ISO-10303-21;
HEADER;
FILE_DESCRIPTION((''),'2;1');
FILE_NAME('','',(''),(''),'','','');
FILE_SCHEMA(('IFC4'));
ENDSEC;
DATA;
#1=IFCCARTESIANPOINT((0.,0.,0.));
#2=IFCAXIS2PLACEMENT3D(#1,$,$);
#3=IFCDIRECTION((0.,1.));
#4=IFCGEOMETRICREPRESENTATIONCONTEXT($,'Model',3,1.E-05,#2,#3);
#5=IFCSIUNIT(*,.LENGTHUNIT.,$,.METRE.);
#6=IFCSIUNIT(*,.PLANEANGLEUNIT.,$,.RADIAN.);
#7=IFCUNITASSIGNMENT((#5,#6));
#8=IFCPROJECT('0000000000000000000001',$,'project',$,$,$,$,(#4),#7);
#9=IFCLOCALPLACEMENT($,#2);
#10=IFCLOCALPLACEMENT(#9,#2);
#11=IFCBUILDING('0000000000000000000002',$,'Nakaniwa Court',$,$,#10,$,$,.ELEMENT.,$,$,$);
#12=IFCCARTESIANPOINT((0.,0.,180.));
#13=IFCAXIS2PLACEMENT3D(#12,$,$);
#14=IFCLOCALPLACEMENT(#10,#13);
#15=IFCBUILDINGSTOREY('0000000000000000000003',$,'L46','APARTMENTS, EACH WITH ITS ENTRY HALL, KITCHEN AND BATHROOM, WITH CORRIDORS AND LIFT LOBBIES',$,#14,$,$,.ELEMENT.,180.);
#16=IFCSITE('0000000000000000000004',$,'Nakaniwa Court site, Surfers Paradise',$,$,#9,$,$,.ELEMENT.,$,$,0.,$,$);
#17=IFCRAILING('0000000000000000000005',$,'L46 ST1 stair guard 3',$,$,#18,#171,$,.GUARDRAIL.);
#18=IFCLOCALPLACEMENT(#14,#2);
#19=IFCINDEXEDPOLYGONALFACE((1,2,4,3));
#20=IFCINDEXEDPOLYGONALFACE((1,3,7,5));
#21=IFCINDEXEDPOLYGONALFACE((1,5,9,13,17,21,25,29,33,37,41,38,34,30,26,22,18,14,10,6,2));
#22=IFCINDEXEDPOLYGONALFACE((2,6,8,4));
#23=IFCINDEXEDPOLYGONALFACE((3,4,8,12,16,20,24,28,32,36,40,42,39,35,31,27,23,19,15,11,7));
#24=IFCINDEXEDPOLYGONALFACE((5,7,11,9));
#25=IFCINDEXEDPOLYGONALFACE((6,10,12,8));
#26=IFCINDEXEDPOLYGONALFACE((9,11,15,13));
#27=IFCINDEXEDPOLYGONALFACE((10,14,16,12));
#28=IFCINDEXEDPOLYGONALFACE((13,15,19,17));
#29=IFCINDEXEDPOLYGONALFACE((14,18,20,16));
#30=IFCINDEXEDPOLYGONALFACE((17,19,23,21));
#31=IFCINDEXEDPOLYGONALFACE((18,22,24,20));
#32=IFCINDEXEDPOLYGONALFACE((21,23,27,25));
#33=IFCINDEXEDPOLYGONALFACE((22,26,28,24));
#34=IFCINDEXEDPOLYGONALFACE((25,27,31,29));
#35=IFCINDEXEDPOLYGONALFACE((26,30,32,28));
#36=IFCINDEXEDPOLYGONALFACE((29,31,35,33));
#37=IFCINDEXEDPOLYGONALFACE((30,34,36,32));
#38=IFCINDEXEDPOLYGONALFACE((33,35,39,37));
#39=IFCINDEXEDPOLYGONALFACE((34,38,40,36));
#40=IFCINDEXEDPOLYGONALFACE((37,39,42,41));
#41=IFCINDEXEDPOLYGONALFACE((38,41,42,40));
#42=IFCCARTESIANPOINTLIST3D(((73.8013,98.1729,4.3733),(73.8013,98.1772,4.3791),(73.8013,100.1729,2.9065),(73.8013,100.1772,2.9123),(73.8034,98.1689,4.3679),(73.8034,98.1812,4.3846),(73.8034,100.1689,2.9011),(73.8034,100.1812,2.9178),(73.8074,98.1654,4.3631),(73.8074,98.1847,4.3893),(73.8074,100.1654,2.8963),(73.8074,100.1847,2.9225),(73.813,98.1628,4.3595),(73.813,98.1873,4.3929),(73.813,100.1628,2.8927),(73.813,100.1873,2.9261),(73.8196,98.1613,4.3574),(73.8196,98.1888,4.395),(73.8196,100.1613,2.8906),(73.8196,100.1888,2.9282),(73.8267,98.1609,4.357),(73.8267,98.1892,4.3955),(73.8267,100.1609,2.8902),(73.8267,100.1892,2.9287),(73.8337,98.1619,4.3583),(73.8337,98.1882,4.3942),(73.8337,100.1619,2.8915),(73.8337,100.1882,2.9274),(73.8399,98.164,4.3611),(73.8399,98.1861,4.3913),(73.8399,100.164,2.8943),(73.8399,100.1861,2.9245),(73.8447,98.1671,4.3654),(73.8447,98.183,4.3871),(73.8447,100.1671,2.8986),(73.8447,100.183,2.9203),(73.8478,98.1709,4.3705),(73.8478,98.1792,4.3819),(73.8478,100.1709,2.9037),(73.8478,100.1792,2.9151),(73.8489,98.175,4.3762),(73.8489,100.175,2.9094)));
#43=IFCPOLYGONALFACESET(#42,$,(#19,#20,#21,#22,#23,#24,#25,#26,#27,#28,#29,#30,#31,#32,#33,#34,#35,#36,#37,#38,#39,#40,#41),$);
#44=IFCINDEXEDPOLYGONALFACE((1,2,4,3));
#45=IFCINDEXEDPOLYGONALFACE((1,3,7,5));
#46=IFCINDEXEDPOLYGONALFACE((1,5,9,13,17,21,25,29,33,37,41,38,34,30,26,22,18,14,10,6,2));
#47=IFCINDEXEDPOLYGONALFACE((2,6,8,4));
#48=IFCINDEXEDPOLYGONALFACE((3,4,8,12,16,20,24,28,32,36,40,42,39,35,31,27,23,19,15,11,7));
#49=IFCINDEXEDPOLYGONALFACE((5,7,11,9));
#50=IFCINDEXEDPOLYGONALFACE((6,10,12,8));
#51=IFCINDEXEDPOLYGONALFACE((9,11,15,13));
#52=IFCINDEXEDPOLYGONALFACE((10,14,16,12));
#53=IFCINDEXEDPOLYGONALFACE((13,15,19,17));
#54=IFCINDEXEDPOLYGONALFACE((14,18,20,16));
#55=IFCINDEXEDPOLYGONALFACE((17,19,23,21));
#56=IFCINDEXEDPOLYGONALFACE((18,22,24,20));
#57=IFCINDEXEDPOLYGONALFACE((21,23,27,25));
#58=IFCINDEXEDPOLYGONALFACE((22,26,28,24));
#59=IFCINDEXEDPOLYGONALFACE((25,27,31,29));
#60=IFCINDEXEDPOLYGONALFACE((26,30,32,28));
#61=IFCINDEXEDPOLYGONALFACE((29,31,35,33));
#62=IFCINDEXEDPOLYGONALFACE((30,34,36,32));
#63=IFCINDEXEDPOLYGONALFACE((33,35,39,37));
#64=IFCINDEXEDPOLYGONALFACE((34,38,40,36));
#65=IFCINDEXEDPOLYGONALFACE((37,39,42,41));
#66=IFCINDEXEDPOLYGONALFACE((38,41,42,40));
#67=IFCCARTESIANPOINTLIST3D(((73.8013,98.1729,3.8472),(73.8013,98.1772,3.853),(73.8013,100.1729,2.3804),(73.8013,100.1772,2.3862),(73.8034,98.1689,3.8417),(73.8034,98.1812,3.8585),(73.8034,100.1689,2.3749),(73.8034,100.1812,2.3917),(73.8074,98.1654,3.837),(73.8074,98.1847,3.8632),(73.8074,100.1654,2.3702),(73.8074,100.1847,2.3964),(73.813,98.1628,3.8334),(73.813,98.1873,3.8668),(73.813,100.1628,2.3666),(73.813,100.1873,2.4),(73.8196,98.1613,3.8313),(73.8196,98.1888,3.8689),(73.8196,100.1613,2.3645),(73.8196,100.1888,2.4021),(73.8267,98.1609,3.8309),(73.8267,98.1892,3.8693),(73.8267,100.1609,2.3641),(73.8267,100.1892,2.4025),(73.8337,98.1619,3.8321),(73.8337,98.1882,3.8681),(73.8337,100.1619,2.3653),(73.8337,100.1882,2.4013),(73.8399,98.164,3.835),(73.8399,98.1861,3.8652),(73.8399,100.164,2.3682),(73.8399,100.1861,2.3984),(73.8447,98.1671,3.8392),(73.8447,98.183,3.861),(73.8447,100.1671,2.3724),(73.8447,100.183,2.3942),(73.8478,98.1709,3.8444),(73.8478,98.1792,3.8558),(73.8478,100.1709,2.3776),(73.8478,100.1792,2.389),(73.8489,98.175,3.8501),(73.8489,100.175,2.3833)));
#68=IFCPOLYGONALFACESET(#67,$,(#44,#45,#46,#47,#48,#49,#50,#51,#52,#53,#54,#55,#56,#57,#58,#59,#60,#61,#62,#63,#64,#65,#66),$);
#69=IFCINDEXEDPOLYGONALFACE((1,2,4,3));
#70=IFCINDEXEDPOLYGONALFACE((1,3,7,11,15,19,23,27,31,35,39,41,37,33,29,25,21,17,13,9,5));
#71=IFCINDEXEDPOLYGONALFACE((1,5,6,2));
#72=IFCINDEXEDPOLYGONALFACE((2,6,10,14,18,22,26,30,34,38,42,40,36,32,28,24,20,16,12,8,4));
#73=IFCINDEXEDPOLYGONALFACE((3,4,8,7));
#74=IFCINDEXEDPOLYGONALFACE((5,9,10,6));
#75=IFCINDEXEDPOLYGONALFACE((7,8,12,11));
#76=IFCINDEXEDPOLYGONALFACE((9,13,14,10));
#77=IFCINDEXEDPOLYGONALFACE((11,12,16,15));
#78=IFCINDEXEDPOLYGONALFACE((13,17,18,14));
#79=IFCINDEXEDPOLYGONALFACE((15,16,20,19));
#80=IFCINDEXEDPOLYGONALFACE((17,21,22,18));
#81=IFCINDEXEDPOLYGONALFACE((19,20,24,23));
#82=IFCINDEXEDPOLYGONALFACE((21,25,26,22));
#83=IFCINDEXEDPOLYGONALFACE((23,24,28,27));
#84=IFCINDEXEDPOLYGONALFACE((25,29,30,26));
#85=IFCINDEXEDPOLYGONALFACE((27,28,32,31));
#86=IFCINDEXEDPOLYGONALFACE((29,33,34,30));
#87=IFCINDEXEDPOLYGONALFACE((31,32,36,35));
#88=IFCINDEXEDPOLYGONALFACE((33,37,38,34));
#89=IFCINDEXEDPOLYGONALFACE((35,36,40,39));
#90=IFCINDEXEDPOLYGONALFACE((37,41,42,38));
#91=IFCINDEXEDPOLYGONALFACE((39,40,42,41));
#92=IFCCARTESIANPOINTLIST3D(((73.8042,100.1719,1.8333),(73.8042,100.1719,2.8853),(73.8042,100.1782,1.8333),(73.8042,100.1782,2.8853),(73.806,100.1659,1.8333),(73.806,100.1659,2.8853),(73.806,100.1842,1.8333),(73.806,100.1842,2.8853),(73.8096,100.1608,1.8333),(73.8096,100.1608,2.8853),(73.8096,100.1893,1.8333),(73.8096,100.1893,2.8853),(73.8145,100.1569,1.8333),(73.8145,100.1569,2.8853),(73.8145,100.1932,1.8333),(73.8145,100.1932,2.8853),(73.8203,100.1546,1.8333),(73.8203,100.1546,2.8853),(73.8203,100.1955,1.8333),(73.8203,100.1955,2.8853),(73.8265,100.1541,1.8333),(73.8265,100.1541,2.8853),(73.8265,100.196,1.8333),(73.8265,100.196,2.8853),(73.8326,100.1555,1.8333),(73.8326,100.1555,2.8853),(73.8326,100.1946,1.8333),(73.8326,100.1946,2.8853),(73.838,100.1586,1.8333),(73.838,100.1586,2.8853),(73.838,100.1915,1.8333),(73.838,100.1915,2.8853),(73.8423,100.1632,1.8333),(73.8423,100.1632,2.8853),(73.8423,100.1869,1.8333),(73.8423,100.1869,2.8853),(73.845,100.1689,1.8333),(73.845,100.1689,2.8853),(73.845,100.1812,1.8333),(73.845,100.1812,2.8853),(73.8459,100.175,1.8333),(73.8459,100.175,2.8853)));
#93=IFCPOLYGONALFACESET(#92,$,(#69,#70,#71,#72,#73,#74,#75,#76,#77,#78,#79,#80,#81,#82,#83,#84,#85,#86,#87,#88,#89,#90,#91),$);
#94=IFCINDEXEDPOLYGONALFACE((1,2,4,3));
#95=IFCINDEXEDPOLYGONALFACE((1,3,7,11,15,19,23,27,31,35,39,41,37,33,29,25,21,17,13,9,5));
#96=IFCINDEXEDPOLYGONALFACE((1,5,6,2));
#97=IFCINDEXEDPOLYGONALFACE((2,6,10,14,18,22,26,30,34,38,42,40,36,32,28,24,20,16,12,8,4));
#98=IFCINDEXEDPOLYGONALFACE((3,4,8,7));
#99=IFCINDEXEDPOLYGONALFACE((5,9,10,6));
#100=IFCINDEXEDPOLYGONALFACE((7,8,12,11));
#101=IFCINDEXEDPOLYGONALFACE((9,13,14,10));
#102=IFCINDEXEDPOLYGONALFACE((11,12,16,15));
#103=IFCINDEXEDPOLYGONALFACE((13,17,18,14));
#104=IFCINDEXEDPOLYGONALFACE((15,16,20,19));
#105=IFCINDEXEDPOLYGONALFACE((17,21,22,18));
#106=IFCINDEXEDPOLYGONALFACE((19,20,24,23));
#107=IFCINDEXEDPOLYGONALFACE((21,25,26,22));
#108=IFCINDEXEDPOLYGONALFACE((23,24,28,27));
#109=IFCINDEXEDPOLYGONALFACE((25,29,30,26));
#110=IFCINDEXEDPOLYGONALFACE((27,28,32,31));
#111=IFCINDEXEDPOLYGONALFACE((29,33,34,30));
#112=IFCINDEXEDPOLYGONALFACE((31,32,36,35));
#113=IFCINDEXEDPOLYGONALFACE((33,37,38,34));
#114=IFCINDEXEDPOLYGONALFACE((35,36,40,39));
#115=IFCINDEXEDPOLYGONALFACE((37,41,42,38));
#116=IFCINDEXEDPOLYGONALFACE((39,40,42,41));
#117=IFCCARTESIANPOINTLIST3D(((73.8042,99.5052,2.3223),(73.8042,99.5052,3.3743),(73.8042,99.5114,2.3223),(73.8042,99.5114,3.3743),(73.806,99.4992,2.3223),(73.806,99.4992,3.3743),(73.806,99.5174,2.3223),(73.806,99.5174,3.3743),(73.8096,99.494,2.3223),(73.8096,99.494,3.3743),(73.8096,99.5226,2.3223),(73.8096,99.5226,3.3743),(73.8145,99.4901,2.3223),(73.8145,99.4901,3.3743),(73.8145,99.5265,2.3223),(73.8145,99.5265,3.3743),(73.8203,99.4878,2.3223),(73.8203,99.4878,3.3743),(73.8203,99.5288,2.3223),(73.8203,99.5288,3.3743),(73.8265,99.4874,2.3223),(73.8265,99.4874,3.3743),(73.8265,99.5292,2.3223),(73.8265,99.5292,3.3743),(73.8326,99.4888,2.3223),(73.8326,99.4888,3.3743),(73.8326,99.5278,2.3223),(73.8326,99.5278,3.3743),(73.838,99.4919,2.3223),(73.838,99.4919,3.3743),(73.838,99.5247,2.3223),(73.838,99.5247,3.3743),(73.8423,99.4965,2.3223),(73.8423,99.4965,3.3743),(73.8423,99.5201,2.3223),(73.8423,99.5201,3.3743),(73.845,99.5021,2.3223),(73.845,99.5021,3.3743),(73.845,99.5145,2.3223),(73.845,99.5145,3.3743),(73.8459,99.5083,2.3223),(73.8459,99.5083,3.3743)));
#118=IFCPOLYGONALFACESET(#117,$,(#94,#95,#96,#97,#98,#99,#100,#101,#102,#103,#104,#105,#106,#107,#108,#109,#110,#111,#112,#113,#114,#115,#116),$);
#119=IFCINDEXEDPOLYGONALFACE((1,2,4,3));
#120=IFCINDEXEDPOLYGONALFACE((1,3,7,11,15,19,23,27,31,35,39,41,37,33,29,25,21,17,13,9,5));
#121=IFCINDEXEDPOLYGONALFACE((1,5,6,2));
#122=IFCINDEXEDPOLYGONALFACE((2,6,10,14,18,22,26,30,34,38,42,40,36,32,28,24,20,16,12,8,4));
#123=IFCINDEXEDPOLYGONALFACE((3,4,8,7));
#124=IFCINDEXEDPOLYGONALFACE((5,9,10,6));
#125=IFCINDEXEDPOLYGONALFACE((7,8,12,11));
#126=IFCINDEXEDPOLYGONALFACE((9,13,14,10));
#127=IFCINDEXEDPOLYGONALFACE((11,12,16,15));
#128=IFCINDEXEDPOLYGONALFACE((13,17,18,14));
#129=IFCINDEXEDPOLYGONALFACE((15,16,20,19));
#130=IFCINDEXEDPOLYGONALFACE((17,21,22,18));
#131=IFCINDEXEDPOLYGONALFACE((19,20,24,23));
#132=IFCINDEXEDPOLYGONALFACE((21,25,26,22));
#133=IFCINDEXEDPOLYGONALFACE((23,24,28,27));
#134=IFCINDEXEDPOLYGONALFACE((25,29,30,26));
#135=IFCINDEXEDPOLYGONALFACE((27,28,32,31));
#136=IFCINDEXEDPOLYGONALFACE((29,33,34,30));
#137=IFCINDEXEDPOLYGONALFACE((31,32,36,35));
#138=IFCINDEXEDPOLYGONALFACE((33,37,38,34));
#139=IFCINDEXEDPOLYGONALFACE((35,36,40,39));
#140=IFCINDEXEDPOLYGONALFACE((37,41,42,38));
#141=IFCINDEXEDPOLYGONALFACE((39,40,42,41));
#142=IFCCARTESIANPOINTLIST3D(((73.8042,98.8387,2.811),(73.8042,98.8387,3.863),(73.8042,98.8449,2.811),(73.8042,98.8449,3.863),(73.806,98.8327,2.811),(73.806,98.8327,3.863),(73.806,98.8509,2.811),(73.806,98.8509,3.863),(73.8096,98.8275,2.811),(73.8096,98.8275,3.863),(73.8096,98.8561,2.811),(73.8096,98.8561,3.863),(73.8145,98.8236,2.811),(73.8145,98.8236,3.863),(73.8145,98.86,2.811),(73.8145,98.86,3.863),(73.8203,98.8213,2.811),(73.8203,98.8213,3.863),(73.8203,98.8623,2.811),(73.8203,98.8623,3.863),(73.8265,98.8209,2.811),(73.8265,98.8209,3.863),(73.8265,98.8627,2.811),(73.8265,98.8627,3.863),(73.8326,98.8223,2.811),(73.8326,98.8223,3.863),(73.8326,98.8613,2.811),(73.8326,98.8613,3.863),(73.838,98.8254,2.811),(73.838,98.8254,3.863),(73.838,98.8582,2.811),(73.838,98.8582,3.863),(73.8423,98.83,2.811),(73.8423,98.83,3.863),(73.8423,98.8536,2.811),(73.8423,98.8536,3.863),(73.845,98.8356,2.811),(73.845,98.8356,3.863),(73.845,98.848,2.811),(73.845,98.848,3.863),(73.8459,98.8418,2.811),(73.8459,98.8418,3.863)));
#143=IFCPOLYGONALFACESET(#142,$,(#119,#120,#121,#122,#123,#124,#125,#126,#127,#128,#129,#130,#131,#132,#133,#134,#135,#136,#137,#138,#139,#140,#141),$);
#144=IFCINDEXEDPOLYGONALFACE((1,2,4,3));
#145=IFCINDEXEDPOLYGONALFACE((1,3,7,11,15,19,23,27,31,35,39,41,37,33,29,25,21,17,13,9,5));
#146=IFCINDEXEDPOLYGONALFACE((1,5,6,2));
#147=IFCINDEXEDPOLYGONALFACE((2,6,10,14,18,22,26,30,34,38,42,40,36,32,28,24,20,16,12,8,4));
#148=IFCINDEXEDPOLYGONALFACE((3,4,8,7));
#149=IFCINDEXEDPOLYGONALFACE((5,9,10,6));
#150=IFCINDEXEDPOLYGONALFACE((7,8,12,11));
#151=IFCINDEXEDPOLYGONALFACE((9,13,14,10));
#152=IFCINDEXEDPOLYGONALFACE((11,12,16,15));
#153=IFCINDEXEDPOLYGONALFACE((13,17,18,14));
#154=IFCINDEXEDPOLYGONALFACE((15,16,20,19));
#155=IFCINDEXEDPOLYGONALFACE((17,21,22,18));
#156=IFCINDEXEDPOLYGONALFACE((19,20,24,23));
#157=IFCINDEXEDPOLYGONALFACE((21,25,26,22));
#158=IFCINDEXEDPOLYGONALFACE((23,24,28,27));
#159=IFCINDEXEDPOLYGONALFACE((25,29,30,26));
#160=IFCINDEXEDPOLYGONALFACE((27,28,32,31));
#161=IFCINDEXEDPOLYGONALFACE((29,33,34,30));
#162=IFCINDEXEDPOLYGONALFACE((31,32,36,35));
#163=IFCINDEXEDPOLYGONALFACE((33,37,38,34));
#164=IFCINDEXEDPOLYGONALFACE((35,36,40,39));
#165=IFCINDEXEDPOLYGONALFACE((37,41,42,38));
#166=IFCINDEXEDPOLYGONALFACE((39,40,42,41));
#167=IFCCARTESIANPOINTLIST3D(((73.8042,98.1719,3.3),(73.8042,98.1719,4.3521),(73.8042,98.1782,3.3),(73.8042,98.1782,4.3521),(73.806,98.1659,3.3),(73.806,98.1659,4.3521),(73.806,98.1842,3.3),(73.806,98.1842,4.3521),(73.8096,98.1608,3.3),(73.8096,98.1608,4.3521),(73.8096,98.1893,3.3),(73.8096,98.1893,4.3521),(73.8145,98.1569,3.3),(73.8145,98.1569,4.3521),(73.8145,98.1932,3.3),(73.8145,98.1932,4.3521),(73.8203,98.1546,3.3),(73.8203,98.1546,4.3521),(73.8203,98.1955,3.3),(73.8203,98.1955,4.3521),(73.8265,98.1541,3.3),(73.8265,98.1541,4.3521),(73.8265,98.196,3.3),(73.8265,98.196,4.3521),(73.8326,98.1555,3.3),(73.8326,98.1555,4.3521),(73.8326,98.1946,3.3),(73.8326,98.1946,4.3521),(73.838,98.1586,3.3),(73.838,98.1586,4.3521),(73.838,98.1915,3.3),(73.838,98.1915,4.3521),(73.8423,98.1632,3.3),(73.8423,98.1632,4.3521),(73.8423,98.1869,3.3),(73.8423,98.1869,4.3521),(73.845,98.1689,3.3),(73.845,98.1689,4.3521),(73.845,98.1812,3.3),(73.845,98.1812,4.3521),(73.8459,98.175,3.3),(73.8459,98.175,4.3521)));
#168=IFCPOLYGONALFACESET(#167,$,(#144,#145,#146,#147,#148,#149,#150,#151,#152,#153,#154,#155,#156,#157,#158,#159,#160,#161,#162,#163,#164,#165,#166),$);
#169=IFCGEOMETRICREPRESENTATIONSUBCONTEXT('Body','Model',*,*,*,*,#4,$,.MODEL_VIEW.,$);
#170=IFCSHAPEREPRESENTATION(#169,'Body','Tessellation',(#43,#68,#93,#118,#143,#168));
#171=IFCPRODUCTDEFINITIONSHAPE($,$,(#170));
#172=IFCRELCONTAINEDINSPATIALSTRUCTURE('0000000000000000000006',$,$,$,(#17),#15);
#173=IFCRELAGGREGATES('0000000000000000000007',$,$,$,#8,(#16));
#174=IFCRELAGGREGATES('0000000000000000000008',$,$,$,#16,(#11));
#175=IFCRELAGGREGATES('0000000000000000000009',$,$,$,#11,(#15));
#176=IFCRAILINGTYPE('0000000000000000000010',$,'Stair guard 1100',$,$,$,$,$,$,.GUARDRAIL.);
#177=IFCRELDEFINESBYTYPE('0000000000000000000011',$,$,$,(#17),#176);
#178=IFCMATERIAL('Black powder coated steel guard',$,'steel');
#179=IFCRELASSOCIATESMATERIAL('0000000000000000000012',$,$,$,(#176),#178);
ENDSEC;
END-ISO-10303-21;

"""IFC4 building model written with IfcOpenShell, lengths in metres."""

from ifc_helpers import new_model, si_unit, direction, frame, origin, origin_2d, place, context, subcontext, project, spatial, circle, extrude, material, type_object, element, save


model = new_model("IFC4")

# Units and contexts
model_context = context("Model", 3, precision=1e-05, world=origin(), true_north=direction((0.0, 1.0)))
body_context = subcontext(model_context, "Body", "Model", "MODEL_VIEW")
ifc_project = project(units=[si_unit("LENGTHUNIT", "METRE"), si_unit("PLANEANGLEUNIT", "RADIAN")], contexts=[model_context])

# Site, building, storey
site_placement = place(None, origin())
site = spatial("IfcSite", under=ifc_project, at=site_placement, Name="Nakaniwa Court site, Surfers Paradise", CompositionType="ELEMENT", RefElevation=0.0)
building_placement = place(site_placement, origin())
building = spatial("IfcBuilding", under=site, at=building_placement, Name="Nakaniwa Court", CompositionType="ELEMENT")
storey_placement = place(building_placement, frame((0.0, 0.0, 180.0)))
storey = spatial("IfcBuildingStorey", under=building, at=storey_placement, Name="L46", Description="APARTMENTS, EACH WITH ITS ENTRY HALL, KITCHEN AND BATHROOM, WITH CORRIDORS AND LIFT LOBBIES", CompositionType="ELEMENT", Elevation=180.0)

# Railing
ifc_material_1 = material(Name="Black powder coated steel guard", Category="steel")
railing_type_1 = type_object("IfcRailingType", Name="Stair guard 1100", PredefinedType="GUARDRAIL", material=ifc_material_1)
railing_1_placement = place(storey_placement, frame((73.825, 100.175, 1.8333)))
element("IfcRailing", 1, at=railing_1_placement, inside=storey, type_object=railing_type_1, Name="L46 ST1 stair guard 3", PredefinedType="GUARDRAIL", context=body_context, shape_type="SweptSolid", body=[
    extrude(circle(Radius=0.0239, at=origin_2d()), frame((0.0, 0.0, 1.0762), z_axis=(0.0, -0.80638, 0.591398), x_axis=(1.0, 0.0, 0.0)), (0.0, 0.0, 1.0), 2.4802),
    extrude(circle(Radius=0.0239, at=origin_2d()), frame((0.0, 0.0, 0.55), z_axis=(0.0, -0.80638, 0.591398), x_axis=(1.0, 0.0, 0.0)), (0.0, 0.0, 1.0), 2.4802),
    extrude(circle(Radius=0.021, at=origin_2d()), origin(), (0.0, 0.0, 1.0), 1.052),
    extrude(circle(Radius=0.021, at=origin_2d()), frame((0.0, -0.6667, 0.489)), (0.0, 0.0, 1.0), 1.052),
    extrude(circle(Radius=0.021, at=origin_2d()), frame((0.0, -1.3333, 0.9778)), (0.0, 0.0, 1.0), 1.052),
    extrude(circle(Radius=0.021, at=origin_2d()), frame((0.0, -2.0, 1.4668)), (0.0, 0.0, 1.0), 1.052),
])

save(model, "model.ifc")
